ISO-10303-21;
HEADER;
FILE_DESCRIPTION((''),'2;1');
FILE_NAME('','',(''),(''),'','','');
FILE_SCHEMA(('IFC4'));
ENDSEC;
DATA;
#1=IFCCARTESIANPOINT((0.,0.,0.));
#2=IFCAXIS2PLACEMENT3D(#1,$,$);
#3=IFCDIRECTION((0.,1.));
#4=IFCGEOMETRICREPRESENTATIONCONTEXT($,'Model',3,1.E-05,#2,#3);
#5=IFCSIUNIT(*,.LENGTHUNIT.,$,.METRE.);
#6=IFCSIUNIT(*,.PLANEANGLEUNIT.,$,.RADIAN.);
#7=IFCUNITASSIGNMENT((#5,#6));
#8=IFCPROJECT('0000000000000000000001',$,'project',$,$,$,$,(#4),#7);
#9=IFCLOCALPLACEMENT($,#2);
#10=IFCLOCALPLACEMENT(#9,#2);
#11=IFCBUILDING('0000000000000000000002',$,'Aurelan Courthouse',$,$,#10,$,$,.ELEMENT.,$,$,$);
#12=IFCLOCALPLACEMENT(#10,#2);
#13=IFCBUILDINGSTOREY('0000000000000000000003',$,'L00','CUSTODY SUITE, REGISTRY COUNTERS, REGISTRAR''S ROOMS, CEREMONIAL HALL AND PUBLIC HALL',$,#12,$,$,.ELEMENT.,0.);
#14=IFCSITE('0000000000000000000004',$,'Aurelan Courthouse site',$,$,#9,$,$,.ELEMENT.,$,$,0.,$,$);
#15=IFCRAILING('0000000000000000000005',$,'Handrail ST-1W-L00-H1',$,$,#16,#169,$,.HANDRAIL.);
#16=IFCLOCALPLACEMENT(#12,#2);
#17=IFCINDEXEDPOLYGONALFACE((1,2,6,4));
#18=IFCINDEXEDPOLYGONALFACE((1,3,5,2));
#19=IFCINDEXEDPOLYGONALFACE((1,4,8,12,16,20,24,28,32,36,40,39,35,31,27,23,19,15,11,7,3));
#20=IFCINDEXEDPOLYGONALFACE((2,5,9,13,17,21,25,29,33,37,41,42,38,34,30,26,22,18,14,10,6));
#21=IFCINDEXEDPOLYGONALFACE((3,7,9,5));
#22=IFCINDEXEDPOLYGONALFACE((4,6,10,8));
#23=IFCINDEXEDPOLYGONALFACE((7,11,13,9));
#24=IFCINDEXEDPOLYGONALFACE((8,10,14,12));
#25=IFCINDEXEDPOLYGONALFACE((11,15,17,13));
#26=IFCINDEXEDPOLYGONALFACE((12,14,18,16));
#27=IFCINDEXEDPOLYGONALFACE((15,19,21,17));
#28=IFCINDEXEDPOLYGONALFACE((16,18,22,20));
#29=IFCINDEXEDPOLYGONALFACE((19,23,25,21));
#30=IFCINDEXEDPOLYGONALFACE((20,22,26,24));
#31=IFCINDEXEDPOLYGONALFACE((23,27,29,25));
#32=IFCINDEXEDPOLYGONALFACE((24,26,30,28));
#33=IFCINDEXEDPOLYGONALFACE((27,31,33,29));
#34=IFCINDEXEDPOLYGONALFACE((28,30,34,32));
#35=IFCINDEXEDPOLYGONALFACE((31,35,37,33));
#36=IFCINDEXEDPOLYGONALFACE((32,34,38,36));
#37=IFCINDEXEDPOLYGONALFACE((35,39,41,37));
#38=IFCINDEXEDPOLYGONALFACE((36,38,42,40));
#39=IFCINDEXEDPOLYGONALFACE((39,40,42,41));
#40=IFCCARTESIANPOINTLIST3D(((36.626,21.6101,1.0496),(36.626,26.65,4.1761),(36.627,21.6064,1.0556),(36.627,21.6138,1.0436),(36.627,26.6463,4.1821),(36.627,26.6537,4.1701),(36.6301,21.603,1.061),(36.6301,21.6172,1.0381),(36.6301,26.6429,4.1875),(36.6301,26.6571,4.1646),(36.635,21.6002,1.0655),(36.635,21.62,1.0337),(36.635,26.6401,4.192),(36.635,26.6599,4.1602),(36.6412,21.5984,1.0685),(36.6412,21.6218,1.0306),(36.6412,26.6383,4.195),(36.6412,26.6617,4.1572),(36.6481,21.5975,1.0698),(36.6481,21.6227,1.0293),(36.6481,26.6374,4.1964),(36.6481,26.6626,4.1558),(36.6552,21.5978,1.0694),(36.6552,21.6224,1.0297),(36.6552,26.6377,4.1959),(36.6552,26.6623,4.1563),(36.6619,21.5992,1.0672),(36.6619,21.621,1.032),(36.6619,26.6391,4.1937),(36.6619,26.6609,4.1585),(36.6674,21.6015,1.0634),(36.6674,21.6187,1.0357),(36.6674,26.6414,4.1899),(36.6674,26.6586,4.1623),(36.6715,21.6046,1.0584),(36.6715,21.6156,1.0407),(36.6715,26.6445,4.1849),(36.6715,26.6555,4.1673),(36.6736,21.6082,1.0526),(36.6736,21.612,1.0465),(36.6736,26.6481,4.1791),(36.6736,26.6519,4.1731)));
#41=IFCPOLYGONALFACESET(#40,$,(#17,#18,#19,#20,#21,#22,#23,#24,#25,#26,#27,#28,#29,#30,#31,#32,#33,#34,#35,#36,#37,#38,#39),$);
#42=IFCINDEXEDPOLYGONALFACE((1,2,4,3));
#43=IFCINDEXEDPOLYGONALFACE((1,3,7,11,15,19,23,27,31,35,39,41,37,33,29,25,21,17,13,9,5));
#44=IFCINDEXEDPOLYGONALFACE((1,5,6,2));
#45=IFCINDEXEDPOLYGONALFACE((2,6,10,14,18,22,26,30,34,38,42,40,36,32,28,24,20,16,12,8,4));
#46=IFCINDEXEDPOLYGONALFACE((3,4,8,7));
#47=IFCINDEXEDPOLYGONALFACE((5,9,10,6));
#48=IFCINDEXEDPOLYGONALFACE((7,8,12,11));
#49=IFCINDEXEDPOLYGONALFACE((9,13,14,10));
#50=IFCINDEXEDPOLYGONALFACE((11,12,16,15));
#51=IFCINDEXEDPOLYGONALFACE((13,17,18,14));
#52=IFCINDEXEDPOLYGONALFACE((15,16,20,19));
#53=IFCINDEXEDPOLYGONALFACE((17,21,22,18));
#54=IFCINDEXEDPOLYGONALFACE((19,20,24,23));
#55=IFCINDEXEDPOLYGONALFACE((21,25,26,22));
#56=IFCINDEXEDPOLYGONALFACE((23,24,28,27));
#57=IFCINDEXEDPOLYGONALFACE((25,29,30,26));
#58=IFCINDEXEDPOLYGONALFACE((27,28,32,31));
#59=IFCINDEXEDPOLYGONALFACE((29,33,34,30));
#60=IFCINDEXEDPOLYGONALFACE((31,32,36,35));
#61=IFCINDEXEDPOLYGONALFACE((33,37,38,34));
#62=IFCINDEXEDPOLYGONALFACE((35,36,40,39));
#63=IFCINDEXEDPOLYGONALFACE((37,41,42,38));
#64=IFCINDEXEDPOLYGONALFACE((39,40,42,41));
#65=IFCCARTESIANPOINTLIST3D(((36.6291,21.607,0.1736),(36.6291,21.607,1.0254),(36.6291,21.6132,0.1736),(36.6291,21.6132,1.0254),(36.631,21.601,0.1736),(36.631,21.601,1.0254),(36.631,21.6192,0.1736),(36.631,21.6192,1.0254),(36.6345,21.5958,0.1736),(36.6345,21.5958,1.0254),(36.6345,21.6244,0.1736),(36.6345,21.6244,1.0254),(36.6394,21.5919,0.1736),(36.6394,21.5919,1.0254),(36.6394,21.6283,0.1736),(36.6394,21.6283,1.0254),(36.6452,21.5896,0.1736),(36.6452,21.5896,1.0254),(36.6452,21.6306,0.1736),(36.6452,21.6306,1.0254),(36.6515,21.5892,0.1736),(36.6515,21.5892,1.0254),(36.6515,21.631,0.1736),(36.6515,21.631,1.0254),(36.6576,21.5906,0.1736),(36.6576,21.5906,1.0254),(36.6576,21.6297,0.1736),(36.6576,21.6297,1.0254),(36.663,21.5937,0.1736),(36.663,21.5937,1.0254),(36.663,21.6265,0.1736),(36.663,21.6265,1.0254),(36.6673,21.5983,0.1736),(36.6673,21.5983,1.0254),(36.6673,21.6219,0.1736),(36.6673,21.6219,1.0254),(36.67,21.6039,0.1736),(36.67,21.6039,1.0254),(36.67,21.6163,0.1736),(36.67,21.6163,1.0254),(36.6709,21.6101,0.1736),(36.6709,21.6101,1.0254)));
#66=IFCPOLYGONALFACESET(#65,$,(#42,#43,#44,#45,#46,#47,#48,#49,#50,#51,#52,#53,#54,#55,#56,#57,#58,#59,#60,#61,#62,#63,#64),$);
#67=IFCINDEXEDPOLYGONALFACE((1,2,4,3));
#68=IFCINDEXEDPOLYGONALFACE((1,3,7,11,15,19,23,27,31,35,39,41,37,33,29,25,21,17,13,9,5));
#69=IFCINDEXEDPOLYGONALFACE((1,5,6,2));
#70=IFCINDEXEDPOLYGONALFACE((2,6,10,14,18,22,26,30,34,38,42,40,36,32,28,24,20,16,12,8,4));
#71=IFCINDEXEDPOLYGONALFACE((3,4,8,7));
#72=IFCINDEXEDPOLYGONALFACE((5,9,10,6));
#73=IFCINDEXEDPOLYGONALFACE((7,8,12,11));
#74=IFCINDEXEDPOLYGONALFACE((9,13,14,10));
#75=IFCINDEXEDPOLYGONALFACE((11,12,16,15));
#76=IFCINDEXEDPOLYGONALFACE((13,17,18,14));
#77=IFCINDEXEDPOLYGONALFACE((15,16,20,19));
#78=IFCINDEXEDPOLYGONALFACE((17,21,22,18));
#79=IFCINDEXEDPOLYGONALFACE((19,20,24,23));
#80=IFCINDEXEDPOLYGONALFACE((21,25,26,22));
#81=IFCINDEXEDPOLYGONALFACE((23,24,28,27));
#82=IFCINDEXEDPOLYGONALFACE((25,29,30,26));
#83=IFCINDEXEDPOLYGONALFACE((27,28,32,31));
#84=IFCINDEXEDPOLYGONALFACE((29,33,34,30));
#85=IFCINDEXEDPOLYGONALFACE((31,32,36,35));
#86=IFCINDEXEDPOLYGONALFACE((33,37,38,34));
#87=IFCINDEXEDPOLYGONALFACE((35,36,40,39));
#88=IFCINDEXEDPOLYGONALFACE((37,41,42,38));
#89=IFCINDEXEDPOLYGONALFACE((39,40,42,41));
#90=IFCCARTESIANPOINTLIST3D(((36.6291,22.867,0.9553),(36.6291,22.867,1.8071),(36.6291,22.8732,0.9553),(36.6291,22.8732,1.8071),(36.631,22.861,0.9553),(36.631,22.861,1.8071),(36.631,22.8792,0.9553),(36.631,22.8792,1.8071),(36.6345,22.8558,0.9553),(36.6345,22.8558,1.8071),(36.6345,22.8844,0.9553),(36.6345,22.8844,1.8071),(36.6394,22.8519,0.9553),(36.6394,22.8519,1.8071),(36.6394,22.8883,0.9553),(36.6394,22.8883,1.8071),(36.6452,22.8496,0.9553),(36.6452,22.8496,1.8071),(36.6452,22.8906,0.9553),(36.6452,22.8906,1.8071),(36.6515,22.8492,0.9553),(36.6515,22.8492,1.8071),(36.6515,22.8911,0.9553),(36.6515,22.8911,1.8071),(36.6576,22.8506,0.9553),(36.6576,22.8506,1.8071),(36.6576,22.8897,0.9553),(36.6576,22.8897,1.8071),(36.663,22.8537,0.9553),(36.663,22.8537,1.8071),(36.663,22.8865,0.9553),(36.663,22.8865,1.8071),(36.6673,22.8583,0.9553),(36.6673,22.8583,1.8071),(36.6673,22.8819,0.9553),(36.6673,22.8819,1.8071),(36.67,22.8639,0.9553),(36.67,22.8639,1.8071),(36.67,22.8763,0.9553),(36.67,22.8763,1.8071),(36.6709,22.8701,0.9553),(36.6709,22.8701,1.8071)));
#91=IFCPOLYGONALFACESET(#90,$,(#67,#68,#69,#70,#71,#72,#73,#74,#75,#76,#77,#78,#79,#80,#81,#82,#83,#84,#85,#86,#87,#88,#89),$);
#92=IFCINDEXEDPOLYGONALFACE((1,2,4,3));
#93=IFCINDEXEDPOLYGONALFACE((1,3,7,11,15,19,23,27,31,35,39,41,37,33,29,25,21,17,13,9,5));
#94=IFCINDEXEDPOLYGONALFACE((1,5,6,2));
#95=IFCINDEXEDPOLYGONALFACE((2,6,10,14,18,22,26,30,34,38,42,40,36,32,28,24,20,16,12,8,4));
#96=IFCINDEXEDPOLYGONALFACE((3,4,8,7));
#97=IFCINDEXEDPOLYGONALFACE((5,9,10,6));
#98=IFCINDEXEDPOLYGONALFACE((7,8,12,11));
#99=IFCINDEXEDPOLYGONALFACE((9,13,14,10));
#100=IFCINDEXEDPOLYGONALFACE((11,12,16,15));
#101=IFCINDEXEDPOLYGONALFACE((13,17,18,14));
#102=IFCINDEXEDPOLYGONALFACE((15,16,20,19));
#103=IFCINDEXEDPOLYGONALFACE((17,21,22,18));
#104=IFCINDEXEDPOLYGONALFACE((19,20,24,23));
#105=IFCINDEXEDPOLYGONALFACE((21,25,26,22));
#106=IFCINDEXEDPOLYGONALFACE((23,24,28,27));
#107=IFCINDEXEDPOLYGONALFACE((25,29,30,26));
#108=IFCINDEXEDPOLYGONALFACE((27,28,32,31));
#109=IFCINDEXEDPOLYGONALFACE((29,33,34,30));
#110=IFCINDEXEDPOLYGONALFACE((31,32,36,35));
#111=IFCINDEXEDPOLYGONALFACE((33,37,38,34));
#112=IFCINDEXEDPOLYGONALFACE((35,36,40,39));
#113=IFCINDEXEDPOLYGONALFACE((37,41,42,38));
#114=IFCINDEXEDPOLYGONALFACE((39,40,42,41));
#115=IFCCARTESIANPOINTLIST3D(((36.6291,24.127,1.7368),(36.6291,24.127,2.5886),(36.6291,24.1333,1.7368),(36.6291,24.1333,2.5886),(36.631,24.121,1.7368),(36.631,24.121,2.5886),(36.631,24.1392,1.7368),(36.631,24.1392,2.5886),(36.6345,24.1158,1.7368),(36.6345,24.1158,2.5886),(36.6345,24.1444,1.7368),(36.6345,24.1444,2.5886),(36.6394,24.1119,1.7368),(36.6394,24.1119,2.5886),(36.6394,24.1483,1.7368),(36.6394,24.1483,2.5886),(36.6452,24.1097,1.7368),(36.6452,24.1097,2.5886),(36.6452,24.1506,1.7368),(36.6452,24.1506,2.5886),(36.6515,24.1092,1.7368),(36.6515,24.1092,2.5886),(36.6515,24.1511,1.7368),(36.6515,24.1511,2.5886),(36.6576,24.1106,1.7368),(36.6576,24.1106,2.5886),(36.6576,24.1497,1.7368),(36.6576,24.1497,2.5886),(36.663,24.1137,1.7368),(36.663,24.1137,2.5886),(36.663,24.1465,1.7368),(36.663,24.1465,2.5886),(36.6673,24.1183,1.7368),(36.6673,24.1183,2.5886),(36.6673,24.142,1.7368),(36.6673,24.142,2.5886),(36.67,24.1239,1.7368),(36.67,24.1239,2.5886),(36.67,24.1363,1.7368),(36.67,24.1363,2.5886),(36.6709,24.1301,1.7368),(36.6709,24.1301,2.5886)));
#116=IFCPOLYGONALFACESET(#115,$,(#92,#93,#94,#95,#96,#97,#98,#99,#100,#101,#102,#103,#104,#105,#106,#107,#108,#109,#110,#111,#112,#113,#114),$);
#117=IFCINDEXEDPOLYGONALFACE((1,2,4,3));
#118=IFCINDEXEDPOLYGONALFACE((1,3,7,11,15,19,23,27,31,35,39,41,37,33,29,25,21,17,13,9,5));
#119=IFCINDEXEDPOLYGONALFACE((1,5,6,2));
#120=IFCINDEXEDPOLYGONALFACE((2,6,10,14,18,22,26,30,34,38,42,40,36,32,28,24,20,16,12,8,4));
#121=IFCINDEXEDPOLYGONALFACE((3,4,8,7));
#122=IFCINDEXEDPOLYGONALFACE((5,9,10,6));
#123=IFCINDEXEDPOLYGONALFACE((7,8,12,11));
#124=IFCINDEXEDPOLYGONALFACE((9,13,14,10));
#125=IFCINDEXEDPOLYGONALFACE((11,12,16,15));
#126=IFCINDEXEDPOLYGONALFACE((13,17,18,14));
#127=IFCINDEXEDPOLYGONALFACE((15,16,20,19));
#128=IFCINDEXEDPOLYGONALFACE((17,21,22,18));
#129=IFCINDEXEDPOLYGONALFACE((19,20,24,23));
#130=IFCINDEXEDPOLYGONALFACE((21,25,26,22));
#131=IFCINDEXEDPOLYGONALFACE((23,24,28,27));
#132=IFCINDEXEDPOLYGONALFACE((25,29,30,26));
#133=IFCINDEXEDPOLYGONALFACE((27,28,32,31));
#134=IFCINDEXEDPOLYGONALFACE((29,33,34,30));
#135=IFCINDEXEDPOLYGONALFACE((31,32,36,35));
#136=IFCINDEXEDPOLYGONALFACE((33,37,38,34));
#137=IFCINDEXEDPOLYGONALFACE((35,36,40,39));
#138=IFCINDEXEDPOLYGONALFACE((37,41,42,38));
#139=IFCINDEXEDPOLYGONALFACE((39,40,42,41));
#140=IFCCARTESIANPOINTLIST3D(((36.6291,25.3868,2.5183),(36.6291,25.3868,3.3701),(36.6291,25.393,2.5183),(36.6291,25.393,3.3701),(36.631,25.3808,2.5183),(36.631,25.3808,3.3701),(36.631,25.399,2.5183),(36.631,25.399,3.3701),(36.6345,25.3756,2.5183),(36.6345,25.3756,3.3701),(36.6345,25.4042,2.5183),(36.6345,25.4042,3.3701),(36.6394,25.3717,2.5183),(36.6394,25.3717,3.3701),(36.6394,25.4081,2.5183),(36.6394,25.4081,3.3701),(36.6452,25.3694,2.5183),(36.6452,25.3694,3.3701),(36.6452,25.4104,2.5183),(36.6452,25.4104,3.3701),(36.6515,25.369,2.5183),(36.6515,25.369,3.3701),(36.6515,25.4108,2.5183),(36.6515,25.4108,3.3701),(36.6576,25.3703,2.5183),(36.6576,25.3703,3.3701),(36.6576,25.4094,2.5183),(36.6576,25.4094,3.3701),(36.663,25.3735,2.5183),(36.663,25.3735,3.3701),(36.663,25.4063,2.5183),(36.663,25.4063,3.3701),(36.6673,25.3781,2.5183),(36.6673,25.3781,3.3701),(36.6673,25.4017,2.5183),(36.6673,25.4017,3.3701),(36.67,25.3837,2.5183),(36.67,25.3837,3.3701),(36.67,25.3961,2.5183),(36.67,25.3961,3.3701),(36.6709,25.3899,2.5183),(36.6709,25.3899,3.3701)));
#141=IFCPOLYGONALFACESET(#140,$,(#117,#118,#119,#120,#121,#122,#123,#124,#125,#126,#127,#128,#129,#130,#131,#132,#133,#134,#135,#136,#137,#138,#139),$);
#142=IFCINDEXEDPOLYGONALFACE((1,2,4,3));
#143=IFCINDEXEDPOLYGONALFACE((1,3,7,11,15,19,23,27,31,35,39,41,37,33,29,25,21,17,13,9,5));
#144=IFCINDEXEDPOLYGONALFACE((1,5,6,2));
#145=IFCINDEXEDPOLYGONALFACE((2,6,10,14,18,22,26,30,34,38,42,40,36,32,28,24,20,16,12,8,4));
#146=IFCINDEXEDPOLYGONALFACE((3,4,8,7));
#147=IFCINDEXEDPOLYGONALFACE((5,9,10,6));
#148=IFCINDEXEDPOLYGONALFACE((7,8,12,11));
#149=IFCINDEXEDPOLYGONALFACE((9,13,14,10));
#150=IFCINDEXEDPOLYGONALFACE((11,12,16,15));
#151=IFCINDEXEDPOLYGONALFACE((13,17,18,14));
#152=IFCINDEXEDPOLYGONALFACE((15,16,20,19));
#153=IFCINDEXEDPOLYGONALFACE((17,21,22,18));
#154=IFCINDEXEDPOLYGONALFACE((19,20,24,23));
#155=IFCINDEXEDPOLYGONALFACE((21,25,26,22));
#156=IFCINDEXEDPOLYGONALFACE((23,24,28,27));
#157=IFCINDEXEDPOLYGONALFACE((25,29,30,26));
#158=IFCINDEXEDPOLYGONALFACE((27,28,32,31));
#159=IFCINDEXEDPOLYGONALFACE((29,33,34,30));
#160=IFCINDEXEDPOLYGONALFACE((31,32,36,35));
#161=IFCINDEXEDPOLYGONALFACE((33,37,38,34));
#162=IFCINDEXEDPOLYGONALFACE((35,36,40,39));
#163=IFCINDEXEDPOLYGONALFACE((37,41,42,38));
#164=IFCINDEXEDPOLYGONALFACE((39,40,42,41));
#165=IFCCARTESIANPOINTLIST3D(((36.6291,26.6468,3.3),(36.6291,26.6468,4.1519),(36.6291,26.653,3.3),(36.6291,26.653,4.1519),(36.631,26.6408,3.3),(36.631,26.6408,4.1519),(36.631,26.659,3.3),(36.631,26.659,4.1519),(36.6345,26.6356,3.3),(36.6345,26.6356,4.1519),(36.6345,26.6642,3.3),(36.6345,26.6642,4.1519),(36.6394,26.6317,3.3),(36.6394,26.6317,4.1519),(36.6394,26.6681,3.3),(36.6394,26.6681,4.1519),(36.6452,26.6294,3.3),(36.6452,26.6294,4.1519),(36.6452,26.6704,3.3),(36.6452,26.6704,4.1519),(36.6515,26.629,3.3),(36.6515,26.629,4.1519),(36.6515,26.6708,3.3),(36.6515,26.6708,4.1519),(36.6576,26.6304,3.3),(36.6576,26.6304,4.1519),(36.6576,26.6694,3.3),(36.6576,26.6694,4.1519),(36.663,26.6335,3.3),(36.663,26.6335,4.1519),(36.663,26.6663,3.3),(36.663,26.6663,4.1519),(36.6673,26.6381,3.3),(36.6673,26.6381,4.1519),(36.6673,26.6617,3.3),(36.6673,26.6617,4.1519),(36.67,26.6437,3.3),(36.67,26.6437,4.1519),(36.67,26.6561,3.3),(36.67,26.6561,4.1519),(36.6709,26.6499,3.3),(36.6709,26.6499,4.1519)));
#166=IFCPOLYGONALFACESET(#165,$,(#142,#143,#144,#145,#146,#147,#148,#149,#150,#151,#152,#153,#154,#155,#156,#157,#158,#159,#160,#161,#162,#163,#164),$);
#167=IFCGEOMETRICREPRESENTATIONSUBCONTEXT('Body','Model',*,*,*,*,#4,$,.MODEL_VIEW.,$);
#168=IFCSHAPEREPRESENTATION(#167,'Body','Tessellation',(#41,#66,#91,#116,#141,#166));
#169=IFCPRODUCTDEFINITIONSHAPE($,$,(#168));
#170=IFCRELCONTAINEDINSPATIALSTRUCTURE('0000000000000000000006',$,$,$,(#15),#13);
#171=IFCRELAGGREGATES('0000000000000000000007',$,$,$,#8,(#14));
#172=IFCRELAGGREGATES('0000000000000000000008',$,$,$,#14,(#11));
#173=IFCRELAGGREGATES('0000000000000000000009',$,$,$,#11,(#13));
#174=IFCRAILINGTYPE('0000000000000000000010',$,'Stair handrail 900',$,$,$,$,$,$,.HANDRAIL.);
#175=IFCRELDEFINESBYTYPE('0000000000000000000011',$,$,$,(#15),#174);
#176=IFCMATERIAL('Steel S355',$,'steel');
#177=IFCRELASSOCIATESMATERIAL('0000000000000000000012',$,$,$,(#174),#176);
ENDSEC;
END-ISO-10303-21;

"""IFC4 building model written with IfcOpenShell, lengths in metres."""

from ifc_helpers import new_model, si_unit, direction, frame, origin, origin_2d, place, context, subcontext, project, spatial, circle, extrude, material, type_object, element, save


model = new_model("IFC4")

# Units and contexts
model_context = context("Model", 3, precision=1e-05, world=origin(), true_north=direction((0.0, 1.0)))
body_context = subcontext(model_context, "Body", "Model", "MODEL_VIEW")
ifc_project = project(units=[si_unit("LENGTHUNIT", "METRE"), si_unit("PLANEANGLEUNIT", "RADIAN")], contexts=[model_context])

# Site, building, storey
site_placement = place(None, origin())
site = spatial("IfcSite", under=ifc_project, at=site_placement, Name="Aurelan Courthouse site", CompositionType="ELEMENT", RefElevation=0.0)
building_placement = place(site_placement, origin())
building = spatial("IfcBuilding", under=site, at=building_placement, Name="Aurelan Courthouse", CompositionType="ELEMENT")
storey_placement = place(building_placement, origin())
storey = spatial("IfcBuildingStorey", under=building, at=storey_placement, Name="L00", Description="CUSTODY SUITE, REGISTRY COUNTERS, REGISTRAR'S ROOMS, CEREMONIAL HALL AND PUBLIC HALL", CompositionType="ELEMENT", Elevation=0.0)

# Railing
ifc_material_1 = material(Name="Steel S355", Category="steel")
railing_type_1 = type_object("IfcRailingType", Name="Stair handrail 900", PredefinedType="HANDRAIL", material=ifc_material_1)
for number, where, name in (
    (1, (36.6499, 21.6101, 0.1736), "Handrail ST-1W-L00-H1"),
):
    element("IfcRailing", number, at=place(storey_placement, frame(where)), inside=storey, type_object=railing_type_1, Name=name, PredefinedType="HANDRAIL", context=body_context, shape_type="SweptSolid", body=[
        extrude(circle(Radius=0.0239, at=origin_2d()), frame((0.0, 0.0, 0.876), z_axis=(0.0, 0.849767, 0.527158), x_axis=(-1.0, 0.0, 0.0)), (0.0, 0.0, 1.0), 5.9309),
        extrude(circle(Radius=0.021, at=origin_2d()), origin(), (0.0, 0.0, 1.0), 0.8518),
        extrude(circle(Radius=0.021, at=origin_2d()), frame((0.0, 1.26, 0.7817)), (0.0, 0.0, 1.0), 0.8518),
        extrude(circle(Radius=0.021, at=origin_2d()), frame((0.0, 2.52, 1.5632)), (0.0, 0.0, 1.0), 0.8518),
        extrude(circle(Radius=0.021, at=origin_2d()), frame((0.0, 3.7798, 2.3447)), (0.0, 0.0, 1.0), 0.8518),
        extrude(circle(Radius=0.021, at=origin_2d()), frame((0.0, 5.0398, 3.1265)), (0.0, 0.0, 1.0), 0.8518),
    ])

save(model, "model.ifc")
